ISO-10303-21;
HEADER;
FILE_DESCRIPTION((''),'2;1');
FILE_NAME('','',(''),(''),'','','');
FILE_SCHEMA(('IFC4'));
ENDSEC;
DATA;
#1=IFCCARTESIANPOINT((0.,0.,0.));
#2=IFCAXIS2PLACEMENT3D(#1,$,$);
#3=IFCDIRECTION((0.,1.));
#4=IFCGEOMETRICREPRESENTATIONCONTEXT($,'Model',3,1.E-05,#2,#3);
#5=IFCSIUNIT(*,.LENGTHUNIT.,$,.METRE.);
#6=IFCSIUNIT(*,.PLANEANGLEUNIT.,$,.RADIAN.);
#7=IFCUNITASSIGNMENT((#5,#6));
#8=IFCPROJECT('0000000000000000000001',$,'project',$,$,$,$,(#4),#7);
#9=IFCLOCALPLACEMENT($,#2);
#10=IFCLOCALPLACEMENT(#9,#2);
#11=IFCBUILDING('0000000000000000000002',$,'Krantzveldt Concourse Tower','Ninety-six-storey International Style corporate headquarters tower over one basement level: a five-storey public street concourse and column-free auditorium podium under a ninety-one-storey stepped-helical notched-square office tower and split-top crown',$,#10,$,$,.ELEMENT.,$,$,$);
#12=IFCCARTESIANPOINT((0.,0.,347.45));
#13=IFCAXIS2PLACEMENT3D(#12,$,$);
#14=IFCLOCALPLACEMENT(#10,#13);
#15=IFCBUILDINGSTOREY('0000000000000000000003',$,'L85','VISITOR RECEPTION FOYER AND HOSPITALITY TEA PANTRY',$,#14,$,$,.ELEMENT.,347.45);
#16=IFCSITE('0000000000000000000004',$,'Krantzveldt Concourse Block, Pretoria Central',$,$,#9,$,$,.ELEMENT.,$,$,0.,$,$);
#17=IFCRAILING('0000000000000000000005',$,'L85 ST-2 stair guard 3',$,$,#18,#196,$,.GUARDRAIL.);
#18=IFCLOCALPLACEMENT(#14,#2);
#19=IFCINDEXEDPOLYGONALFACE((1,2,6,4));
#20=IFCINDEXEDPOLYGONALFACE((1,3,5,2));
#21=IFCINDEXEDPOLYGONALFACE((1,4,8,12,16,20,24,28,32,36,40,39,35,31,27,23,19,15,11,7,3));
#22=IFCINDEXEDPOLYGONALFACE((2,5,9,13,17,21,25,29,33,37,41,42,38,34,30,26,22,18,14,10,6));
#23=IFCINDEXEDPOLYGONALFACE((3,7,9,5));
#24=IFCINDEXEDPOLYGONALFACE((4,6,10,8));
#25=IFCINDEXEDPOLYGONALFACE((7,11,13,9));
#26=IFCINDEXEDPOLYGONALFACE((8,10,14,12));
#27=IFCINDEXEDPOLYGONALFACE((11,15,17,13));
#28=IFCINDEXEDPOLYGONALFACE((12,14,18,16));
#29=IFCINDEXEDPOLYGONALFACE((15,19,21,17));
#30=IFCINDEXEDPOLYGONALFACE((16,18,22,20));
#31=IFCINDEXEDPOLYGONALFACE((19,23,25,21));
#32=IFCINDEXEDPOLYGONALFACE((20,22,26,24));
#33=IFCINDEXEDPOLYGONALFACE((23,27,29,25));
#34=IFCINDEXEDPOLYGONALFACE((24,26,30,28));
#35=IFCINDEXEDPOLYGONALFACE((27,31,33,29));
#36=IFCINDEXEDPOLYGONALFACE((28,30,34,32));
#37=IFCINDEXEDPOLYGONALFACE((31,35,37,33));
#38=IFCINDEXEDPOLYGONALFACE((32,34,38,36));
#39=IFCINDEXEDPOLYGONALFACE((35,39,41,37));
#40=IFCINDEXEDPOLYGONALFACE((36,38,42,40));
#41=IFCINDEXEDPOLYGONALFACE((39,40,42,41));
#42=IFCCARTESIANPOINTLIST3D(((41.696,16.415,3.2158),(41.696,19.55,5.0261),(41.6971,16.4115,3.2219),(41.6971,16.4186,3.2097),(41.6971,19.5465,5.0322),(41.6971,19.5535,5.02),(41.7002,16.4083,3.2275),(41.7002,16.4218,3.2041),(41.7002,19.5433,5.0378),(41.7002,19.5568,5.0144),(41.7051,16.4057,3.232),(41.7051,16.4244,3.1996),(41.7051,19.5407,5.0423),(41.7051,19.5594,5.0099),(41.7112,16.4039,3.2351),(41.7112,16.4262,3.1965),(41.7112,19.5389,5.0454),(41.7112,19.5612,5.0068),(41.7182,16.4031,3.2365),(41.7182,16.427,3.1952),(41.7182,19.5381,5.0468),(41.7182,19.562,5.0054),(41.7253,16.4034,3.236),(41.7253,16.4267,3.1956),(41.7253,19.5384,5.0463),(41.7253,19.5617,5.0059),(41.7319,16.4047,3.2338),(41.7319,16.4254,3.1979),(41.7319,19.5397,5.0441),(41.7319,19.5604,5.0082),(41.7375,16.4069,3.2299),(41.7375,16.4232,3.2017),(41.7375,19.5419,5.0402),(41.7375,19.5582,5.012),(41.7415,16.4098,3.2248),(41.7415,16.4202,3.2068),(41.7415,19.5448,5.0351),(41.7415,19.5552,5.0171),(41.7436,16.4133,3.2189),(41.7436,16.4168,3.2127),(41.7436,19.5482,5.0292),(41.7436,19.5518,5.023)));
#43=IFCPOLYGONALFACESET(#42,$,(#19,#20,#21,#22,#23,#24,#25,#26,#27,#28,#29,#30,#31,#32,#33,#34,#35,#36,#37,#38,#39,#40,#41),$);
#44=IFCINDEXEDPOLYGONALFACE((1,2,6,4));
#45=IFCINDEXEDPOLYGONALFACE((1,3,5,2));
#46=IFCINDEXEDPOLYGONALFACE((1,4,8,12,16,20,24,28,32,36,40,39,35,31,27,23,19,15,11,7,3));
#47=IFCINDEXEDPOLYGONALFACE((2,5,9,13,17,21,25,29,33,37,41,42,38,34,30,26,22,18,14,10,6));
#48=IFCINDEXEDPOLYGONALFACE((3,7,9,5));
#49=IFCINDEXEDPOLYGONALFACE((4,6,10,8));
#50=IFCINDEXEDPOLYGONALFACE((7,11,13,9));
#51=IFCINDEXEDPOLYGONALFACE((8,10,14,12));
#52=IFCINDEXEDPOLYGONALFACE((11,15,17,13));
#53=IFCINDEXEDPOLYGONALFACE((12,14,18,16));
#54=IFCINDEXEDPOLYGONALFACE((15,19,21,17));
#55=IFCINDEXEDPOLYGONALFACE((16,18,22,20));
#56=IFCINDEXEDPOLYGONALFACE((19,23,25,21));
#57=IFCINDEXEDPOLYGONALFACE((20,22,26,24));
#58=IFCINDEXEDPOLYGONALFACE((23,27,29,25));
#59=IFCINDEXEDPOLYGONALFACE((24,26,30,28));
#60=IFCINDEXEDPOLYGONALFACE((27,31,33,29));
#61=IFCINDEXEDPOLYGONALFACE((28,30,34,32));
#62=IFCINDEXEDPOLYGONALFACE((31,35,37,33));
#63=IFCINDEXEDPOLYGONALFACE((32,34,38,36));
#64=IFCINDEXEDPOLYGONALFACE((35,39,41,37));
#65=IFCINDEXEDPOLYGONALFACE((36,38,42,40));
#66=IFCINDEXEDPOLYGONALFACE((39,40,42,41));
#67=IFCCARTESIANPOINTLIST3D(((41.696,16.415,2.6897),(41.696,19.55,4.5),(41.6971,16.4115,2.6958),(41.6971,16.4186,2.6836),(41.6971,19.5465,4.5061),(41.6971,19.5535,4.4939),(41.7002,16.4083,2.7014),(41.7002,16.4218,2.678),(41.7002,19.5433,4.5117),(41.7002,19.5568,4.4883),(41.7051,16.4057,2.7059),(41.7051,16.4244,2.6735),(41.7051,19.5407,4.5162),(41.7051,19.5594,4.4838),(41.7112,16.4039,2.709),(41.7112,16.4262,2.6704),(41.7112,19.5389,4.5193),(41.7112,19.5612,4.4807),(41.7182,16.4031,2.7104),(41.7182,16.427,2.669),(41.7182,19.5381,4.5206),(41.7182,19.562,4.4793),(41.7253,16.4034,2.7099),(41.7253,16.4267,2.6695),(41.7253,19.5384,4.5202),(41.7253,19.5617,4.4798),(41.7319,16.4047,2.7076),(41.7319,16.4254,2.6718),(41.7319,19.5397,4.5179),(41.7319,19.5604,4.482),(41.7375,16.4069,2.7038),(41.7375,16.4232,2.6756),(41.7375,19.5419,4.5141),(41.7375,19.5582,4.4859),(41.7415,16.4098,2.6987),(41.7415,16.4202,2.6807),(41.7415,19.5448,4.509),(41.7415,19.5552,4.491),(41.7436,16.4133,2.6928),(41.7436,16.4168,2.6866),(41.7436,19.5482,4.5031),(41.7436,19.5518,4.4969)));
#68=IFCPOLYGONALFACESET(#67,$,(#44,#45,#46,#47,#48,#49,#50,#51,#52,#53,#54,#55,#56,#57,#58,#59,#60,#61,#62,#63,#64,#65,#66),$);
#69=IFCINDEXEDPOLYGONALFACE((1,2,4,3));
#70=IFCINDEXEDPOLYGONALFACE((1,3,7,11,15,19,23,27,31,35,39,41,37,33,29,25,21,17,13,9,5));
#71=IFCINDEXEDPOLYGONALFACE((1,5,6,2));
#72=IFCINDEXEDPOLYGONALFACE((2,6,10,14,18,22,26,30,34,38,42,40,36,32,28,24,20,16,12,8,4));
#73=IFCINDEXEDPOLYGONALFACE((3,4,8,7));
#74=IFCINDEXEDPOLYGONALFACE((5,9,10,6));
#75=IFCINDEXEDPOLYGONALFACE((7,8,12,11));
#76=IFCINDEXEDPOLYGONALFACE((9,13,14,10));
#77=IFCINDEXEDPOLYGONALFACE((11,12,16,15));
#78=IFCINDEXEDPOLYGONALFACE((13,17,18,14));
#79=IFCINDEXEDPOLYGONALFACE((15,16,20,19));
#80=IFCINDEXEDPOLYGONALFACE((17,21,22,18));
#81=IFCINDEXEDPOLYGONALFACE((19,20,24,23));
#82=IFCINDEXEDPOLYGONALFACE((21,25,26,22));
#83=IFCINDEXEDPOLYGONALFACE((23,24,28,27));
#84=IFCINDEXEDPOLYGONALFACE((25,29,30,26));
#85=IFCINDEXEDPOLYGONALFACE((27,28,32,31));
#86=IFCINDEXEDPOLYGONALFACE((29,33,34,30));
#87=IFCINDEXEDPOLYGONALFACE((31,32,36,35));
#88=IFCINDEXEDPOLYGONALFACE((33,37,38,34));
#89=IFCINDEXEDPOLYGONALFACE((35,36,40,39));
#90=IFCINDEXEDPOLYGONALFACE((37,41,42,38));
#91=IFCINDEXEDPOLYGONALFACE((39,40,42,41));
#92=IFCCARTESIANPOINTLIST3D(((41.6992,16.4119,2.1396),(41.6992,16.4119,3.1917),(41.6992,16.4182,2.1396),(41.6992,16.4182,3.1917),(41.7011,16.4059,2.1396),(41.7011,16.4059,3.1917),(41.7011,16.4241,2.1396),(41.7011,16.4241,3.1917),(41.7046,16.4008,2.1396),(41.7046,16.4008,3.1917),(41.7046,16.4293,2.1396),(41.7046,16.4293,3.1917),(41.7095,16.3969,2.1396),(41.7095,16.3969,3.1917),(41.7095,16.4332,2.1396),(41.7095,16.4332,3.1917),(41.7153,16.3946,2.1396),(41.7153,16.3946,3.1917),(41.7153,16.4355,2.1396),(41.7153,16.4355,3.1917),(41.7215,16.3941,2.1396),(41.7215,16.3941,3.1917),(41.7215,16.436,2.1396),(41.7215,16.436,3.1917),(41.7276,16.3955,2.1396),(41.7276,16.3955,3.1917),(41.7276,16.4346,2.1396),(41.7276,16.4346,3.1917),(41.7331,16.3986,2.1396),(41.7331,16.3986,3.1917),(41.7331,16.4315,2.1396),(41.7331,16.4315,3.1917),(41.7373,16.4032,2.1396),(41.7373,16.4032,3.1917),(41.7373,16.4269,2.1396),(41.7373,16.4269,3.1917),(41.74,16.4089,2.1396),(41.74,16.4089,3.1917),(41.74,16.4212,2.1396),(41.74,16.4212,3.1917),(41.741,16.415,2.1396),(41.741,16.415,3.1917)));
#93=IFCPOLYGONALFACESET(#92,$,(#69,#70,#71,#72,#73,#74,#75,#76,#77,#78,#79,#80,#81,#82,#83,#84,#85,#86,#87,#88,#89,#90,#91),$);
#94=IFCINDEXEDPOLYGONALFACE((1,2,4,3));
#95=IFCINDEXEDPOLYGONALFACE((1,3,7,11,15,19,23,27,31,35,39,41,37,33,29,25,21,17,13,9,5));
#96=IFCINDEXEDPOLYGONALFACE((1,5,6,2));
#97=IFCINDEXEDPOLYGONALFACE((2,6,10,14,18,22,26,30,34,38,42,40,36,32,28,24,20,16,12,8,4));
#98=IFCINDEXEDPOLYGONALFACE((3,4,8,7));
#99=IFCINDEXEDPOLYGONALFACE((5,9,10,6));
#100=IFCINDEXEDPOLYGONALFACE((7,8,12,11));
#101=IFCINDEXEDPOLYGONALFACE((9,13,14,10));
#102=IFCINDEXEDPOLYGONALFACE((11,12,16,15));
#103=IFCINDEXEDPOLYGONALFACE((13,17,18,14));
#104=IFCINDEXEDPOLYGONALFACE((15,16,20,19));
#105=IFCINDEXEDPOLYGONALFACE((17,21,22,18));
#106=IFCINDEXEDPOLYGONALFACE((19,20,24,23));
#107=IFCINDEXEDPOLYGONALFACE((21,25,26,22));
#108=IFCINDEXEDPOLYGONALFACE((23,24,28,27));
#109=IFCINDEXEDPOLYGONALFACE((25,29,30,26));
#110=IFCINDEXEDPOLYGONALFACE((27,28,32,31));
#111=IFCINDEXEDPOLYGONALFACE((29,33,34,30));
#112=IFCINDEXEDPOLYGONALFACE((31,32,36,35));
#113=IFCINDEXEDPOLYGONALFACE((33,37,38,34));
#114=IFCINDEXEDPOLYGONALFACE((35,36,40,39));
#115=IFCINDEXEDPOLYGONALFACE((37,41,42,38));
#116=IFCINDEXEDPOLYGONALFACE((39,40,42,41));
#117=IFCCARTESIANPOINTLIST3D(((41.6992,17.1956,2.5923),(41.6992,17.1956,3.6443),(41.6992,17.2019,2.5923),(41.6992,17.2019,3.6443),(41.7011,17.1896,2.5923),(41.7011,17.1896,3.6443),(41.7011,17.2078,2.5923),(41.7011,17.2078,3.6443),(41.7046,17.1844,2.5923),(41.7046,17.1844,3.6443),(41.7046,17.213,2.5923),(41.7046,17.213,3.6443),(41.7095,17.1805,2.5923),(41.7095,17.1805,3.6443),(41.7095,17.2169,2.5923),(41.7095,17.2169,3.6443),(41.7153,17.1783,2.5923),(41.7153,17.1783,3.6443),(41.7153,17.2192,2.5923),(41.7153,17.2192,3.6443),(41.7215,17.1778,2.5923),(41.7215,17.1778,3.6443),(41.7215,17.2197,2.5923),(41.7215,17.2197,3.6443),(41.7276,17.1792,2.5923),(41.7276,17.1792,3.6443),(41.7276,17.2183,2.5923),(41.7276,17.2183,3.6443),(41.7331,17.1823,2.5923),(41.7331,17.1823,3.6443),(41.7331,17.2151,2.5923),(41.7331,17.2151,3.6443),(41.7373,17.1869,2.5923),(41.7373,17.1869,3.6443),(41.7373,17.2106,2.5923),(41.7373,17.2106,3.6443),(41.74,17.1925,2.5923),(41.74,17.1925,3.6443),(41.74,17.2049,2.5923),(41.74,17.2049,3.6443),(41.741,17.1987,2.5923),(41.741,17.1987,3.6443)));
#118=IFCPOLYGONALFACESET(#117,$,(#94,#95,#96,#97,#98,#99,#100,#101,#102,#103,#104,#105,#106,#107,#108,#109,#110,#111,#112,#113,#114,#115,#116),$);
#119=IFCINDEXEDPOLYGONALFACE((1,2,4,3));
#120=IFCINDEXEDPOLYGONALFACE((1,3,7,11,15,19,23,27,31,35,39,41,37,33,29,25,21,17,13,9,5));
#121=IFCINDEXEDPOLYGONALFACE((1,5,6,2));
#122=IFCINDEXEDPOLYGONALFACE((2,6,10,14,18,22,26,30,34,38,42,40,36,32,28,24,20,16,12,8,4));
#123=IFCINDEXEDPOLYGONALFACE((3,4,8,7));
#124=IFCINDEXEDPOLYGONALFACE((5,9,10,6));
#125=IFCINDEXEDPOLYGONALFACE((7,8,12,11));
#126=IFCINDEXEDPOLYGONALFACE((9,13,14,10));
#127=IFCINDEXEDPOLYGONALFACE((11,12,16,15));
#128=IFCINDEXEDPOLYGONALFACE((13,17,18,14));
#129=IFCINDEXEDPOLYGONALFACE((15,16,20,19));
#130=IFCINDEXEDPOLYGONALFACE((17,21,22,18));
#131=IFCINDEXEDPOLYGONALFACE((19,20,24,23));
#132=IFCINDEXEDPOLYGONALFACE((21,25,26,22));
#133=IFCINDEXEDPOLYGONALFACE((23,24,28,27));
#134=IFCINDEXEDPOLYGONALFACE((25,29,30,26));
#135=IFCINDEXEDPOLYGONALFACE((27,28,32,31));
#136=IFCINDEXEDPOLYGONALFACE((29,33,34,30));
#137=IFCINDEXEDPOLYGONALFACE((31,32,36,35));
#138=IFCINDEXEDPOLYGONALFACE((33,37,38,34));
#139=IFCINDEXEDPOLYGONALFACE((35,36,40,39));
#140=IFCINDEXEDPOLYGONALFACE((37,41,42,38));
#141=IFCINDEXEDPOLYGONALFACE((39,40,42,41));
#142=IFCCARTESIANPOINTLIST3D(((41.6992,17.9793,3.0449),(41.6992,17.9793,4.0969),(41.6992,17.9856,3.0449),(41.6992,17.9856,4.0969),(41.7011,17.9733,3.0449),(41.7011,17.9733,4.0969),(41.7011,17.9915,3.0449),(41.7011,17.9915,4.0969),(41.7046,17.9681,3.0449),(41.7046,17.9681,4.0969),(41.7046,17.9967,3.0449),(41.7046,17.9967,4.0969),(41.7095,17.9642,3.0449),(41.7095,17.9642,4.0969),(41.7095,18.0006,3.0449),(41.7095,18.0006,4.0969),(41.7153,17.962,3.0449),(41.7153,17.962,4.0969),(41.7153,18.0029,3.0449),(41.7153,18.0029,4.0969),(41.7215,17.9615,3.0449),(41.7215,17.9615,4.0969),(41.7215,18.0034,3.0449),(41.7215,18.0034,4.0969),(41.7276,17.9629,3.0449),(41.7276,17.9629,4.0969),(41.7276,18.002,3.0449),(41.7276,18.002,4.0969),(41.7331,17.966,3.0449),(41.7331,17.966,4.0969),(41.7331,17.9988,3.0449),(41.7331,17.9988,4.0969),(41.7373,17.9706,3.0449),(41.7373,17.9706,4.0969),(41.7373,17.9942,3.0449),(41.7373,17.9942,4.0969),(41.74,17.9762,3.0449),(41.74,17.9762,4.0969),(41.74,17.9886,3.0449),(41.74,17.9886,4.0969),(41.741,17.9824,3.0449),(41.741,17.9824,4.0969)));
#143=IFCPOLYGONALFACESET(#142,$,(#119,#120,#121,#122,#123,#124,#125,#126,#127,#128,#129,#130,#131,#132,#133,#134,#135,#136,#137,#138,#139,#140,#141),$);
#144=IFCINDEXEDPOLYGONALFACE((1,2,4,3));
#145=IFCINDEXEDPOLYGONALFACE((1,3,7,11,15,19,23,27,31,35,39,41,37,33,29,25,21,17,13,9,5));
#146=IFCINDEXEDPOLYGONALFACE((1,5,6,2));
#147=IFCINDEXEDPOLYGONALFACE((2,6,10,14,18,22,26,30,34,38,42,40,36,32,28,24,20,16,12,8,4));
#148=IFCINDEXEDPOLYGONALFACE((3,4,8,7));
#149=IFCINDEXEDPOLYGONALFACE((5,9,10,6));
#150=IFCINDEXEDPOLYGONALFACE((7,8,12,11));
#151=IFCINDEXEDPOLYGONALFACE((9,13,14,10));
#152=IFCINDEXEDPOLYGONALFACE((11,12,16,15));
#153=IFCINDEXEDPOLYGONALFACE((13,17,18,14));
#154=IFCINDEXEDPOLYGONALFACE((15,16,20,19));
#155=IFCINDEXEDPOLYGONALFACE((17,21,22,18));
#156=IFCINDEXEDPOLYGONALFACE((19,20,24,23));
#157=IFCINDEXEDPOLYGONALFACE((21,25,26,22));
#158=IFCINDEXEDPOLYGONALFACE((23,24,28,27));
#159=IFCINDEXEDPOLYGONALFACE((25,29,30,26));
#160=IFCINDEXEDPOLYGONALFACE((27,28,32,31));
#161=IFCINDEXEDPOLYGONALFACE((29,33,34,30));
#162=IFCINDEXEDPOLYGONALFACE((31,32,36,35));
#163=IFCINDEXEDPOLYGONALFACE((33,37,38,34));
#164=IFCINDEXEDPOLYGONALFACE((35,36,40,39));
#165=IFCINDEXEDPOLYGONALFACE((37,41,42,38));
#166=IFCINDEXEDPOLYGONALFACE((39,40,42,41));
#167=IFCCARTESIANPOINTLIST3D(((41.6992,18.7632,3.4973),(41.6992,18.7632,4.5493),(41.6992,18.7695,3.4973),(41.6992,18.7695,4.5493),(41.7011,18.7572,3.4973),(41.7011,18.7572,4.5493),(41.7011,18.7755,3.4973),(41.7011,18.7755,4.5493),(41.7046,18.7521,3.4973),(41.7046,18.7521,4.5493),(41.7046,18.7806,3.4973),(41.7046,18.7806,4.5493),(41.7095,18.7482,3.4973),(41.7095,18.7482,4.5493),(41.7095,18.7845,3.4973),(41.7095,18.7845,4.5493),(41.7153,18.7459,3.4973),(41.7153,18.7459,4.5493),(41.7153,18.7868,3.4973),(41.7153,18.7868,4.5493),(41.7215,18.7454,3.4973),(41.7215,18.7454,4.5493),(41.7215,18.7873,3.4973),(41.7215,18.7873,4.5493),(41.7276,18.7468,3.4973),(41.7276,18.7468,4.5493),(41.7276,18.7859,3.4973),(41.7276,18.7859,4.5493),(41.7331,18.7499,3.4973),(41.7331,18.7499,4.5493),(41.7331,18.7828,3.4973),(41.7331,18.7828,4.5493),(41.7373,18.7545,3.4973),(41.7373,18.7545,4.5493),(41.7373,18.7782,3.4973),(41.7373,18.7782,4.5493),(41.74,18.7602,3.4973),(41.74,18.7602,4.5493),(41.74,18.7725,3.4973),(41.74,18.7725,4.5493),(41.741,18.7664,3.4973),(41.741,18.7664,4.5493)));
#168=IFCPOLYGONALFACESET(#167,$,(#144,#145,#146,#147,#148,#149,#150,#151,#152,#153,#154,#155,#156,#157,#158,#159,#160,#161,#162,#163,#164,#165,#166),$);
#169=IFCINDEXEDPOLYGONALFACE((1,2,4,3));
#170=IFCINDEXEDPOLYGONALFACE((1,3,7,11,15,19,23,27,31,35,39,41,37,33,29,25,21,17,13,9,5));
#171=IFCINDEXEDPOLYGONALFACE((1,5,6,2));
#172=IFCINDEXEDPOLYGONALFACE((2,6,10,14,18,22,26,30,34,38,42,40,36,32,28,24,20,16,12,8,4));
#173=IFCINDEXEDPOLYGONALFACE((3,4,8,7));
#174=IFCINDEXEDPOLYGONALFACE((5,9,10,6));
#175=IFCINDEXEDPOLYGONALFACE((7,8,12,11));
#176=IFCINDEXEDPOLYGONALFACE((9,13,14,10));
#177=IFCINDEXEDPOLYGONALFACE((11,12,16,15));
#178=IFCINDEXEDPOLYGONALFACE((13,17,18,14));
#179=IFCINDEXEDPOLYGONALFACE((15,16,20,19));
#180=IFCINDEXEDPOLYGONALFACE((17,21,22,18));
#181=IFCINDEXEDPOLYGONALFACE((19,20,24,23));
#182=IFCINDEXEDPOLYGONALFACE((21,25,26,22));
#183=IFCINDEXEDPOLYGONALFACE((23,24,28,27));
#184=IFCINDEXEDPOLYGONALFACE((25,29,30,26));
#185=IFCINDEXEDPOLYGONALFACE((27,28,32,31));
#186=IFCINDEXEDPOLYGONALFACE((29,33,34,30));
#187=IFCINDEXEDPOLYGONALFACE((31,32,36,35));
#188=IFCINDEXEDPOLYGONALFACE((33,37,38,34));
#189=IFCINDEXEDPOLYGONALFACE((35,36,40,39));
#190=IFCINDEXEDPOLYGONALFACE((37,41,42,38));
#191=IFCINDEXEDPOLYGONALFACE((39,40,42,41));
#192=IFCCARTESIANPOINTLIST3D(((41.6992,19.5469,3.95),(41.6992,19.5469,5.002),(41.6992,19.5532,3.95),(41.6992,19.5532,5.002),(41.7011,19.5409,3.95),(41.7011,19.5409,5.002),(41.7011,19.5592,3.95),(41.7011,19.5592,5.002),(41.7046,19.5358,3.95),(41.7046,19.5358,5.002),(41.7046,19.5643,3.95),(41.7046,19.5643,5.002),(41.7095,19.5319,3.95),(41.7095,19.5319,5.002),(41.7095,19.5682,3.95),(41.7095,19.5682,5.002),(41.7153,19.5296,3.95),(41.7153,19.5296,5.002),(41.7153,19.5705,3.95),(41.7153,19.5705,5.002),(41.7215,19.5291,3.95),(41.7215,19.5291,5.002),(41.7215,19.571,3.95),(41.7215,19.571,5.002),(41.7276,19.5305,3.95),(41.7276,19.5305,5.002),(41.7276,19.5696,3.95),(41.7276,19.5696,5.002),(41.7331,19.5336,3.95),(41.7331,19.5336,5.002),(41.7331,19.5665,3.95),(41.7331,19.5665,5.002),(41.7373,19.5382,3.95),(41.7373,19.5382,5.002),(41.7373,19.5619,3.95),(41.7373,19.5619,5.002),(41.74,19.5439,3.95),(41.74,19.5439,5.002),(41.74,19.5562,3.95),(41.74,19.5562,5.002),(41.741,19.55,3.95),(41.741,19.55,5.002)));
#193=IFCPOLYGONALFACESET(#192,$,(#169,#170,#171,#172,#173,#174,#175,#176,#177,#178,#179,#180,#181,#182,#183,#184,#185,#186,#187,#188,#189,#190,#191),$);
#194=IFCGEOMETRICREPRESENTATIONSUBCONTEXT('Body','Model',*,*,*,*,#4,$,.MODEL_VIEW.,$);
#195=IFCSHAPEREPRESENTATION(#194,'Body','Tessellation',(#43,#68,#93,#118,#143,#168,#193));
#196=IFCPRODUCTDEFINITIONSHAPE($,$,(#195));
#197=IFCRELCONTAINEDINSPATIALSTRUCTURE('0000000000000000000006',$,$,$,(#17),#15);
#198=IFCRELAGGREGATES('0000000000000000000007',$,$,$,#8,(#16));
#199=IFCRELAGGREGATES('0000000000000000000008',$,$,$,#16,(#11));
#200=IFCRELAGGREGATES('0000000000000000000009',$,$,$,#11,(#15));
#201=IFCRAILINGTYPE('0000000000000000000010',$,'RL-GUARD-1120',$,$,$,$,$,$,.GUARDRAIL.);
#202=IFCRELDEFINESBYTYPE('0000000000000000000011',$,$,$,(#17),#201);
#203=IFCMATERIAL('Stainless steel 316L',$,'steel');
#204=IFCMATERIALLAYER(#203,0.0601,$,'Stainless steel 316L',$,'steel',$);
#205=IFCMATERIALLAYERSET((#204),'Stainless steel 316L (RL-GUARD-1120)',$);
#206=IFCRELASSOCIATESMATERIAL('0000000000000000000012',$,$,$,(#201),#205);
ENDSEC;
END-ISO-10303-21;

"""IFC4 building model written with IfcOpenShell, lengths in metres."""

from ifc_helpers import new_model, si_unit, direction, frame, origin, origin_2d, place, context, subcontext, project, spatial, circle, extrude, material, layer, layer_set, type_object, element, save


model = new_model("IFC4")

# Units and contexts
model_context = context("Model", 3, precision=1e-05, world=origin(), true_north=direction((0.0, 1.0)))
body_context = subcontext(model_context, "Body", "Model", "MODEL_VIEW")
ifc_project = project(units=[si_unit("LENGTHUNIT", "METRE"), si_unit("PLANEANGLEUNIT", "RADIAN")], contexts=[model_context])

# Site, building, storey
site_placement = place(None, origin())
site = spatial("IfcSite", under=ifc_project, at=site_placement, Name="Krantzveldt Concourse Block, Pretoria Central", CompositionType="ELEMENT", RefElevation=0.0)
building_placement = place(site_placement, origin())
building = spatial("IfcBuilding", under=site, at=building_placement, Name="Krantzveldt Concourse Tower", Description="Ninety-six-storey International Style corporate headquarters tower over one basement level: a five-storey public street concourse and column-free auditorium podium under a ninety-one-storey stepped-helical notched-square office tower and split-top crown", CompositionType="ELEMENT")
storey_placement = place(building_placement, frame((0.0, 0.0, 347.45)))
storey = spatial("IfcBuildingStorey", under=building, at=storey_placement, Name="L85", Description="VISITOR RECEPTION FOYER AND HOSPITALITY TEA PANTRY", CompositionType="ELEMENT", Elevation=347.45)

# Shared definitions
ifc_material_1 = material(Name="Stainless steel 316L", Category="steel")

# Railing
ifc_layer_1 = layer(ifc_material_1, 0.0601, Name="Stainless steel 316L", Category="steel")
ifc_layer_set_1 = layer_set([ifc_layer_1], Name="Stainless steel 316L (RL-GUARD-1120)")
railing_type_1 = type_object("IfcRailingType", Name="RL-GUARD-1120", PredefinedType="GUARDRAIL", material=ifc_layer_set_1)
railing_1_placement = place(storey_placement, frame((41.72, 16.415, 2.1396)))
element("IfcRailing", 1, at=railing_1_placement, inside=storey, type_object=railing_type_1, Name="L85 ST-2 stair guard 3", PredefinedType="GUARDRAIL", context=body_context, shape_type="SweptSolid", body=[
    extrude(circle(Radius=0.0239, at=origin_2d()), frame((0.0, 0.0, 1.0762), z_axis=(0.0, 0.865989, 0.500063), x_axis=(-1.0, 0.0, 0.0)), (0.0, 0.0, 1.0), 3.6201),
    extrude(circle(Radius=0.0239, at=origin_2d()), frame((0.0, 0.0, 0.55), z_axis=(0.0, 0.865989, 0.500063), x_axis=(-1.0, 0.0, 0.0)), (0.0, 0.0, 1.0), 3.6201),
    extrude(circle(Radius=0.021, at=origin_2d()), origin(), (0.0, 0.0, 1.0), 1.052),
    extrude(circle(Radius=0.021, at=origin_2d()), frame((0.0, 0.7837, 0.4526)), (0.0, 0.0, 1.0), 1.052),
    extrude(circle(Radius=0.021, at=origin_2d()), frame((0.0, 1.5674, 0.9053)), (0.0, 0.0, 1.0), 1.052),
    extrude(circle(Radius=0.021, at=origin_2d()), frame((0.0, 2.3513, 1.3577)), (0.0, 0.0, 1.0), 1.052),
    extrude(circle(Radius=0.021, at=origin_2d()), frame((0.0, 3.135, 1.8103)), (0.0, 0.0, 1.0), 1.052),
])

save(model, "model.ifc")
